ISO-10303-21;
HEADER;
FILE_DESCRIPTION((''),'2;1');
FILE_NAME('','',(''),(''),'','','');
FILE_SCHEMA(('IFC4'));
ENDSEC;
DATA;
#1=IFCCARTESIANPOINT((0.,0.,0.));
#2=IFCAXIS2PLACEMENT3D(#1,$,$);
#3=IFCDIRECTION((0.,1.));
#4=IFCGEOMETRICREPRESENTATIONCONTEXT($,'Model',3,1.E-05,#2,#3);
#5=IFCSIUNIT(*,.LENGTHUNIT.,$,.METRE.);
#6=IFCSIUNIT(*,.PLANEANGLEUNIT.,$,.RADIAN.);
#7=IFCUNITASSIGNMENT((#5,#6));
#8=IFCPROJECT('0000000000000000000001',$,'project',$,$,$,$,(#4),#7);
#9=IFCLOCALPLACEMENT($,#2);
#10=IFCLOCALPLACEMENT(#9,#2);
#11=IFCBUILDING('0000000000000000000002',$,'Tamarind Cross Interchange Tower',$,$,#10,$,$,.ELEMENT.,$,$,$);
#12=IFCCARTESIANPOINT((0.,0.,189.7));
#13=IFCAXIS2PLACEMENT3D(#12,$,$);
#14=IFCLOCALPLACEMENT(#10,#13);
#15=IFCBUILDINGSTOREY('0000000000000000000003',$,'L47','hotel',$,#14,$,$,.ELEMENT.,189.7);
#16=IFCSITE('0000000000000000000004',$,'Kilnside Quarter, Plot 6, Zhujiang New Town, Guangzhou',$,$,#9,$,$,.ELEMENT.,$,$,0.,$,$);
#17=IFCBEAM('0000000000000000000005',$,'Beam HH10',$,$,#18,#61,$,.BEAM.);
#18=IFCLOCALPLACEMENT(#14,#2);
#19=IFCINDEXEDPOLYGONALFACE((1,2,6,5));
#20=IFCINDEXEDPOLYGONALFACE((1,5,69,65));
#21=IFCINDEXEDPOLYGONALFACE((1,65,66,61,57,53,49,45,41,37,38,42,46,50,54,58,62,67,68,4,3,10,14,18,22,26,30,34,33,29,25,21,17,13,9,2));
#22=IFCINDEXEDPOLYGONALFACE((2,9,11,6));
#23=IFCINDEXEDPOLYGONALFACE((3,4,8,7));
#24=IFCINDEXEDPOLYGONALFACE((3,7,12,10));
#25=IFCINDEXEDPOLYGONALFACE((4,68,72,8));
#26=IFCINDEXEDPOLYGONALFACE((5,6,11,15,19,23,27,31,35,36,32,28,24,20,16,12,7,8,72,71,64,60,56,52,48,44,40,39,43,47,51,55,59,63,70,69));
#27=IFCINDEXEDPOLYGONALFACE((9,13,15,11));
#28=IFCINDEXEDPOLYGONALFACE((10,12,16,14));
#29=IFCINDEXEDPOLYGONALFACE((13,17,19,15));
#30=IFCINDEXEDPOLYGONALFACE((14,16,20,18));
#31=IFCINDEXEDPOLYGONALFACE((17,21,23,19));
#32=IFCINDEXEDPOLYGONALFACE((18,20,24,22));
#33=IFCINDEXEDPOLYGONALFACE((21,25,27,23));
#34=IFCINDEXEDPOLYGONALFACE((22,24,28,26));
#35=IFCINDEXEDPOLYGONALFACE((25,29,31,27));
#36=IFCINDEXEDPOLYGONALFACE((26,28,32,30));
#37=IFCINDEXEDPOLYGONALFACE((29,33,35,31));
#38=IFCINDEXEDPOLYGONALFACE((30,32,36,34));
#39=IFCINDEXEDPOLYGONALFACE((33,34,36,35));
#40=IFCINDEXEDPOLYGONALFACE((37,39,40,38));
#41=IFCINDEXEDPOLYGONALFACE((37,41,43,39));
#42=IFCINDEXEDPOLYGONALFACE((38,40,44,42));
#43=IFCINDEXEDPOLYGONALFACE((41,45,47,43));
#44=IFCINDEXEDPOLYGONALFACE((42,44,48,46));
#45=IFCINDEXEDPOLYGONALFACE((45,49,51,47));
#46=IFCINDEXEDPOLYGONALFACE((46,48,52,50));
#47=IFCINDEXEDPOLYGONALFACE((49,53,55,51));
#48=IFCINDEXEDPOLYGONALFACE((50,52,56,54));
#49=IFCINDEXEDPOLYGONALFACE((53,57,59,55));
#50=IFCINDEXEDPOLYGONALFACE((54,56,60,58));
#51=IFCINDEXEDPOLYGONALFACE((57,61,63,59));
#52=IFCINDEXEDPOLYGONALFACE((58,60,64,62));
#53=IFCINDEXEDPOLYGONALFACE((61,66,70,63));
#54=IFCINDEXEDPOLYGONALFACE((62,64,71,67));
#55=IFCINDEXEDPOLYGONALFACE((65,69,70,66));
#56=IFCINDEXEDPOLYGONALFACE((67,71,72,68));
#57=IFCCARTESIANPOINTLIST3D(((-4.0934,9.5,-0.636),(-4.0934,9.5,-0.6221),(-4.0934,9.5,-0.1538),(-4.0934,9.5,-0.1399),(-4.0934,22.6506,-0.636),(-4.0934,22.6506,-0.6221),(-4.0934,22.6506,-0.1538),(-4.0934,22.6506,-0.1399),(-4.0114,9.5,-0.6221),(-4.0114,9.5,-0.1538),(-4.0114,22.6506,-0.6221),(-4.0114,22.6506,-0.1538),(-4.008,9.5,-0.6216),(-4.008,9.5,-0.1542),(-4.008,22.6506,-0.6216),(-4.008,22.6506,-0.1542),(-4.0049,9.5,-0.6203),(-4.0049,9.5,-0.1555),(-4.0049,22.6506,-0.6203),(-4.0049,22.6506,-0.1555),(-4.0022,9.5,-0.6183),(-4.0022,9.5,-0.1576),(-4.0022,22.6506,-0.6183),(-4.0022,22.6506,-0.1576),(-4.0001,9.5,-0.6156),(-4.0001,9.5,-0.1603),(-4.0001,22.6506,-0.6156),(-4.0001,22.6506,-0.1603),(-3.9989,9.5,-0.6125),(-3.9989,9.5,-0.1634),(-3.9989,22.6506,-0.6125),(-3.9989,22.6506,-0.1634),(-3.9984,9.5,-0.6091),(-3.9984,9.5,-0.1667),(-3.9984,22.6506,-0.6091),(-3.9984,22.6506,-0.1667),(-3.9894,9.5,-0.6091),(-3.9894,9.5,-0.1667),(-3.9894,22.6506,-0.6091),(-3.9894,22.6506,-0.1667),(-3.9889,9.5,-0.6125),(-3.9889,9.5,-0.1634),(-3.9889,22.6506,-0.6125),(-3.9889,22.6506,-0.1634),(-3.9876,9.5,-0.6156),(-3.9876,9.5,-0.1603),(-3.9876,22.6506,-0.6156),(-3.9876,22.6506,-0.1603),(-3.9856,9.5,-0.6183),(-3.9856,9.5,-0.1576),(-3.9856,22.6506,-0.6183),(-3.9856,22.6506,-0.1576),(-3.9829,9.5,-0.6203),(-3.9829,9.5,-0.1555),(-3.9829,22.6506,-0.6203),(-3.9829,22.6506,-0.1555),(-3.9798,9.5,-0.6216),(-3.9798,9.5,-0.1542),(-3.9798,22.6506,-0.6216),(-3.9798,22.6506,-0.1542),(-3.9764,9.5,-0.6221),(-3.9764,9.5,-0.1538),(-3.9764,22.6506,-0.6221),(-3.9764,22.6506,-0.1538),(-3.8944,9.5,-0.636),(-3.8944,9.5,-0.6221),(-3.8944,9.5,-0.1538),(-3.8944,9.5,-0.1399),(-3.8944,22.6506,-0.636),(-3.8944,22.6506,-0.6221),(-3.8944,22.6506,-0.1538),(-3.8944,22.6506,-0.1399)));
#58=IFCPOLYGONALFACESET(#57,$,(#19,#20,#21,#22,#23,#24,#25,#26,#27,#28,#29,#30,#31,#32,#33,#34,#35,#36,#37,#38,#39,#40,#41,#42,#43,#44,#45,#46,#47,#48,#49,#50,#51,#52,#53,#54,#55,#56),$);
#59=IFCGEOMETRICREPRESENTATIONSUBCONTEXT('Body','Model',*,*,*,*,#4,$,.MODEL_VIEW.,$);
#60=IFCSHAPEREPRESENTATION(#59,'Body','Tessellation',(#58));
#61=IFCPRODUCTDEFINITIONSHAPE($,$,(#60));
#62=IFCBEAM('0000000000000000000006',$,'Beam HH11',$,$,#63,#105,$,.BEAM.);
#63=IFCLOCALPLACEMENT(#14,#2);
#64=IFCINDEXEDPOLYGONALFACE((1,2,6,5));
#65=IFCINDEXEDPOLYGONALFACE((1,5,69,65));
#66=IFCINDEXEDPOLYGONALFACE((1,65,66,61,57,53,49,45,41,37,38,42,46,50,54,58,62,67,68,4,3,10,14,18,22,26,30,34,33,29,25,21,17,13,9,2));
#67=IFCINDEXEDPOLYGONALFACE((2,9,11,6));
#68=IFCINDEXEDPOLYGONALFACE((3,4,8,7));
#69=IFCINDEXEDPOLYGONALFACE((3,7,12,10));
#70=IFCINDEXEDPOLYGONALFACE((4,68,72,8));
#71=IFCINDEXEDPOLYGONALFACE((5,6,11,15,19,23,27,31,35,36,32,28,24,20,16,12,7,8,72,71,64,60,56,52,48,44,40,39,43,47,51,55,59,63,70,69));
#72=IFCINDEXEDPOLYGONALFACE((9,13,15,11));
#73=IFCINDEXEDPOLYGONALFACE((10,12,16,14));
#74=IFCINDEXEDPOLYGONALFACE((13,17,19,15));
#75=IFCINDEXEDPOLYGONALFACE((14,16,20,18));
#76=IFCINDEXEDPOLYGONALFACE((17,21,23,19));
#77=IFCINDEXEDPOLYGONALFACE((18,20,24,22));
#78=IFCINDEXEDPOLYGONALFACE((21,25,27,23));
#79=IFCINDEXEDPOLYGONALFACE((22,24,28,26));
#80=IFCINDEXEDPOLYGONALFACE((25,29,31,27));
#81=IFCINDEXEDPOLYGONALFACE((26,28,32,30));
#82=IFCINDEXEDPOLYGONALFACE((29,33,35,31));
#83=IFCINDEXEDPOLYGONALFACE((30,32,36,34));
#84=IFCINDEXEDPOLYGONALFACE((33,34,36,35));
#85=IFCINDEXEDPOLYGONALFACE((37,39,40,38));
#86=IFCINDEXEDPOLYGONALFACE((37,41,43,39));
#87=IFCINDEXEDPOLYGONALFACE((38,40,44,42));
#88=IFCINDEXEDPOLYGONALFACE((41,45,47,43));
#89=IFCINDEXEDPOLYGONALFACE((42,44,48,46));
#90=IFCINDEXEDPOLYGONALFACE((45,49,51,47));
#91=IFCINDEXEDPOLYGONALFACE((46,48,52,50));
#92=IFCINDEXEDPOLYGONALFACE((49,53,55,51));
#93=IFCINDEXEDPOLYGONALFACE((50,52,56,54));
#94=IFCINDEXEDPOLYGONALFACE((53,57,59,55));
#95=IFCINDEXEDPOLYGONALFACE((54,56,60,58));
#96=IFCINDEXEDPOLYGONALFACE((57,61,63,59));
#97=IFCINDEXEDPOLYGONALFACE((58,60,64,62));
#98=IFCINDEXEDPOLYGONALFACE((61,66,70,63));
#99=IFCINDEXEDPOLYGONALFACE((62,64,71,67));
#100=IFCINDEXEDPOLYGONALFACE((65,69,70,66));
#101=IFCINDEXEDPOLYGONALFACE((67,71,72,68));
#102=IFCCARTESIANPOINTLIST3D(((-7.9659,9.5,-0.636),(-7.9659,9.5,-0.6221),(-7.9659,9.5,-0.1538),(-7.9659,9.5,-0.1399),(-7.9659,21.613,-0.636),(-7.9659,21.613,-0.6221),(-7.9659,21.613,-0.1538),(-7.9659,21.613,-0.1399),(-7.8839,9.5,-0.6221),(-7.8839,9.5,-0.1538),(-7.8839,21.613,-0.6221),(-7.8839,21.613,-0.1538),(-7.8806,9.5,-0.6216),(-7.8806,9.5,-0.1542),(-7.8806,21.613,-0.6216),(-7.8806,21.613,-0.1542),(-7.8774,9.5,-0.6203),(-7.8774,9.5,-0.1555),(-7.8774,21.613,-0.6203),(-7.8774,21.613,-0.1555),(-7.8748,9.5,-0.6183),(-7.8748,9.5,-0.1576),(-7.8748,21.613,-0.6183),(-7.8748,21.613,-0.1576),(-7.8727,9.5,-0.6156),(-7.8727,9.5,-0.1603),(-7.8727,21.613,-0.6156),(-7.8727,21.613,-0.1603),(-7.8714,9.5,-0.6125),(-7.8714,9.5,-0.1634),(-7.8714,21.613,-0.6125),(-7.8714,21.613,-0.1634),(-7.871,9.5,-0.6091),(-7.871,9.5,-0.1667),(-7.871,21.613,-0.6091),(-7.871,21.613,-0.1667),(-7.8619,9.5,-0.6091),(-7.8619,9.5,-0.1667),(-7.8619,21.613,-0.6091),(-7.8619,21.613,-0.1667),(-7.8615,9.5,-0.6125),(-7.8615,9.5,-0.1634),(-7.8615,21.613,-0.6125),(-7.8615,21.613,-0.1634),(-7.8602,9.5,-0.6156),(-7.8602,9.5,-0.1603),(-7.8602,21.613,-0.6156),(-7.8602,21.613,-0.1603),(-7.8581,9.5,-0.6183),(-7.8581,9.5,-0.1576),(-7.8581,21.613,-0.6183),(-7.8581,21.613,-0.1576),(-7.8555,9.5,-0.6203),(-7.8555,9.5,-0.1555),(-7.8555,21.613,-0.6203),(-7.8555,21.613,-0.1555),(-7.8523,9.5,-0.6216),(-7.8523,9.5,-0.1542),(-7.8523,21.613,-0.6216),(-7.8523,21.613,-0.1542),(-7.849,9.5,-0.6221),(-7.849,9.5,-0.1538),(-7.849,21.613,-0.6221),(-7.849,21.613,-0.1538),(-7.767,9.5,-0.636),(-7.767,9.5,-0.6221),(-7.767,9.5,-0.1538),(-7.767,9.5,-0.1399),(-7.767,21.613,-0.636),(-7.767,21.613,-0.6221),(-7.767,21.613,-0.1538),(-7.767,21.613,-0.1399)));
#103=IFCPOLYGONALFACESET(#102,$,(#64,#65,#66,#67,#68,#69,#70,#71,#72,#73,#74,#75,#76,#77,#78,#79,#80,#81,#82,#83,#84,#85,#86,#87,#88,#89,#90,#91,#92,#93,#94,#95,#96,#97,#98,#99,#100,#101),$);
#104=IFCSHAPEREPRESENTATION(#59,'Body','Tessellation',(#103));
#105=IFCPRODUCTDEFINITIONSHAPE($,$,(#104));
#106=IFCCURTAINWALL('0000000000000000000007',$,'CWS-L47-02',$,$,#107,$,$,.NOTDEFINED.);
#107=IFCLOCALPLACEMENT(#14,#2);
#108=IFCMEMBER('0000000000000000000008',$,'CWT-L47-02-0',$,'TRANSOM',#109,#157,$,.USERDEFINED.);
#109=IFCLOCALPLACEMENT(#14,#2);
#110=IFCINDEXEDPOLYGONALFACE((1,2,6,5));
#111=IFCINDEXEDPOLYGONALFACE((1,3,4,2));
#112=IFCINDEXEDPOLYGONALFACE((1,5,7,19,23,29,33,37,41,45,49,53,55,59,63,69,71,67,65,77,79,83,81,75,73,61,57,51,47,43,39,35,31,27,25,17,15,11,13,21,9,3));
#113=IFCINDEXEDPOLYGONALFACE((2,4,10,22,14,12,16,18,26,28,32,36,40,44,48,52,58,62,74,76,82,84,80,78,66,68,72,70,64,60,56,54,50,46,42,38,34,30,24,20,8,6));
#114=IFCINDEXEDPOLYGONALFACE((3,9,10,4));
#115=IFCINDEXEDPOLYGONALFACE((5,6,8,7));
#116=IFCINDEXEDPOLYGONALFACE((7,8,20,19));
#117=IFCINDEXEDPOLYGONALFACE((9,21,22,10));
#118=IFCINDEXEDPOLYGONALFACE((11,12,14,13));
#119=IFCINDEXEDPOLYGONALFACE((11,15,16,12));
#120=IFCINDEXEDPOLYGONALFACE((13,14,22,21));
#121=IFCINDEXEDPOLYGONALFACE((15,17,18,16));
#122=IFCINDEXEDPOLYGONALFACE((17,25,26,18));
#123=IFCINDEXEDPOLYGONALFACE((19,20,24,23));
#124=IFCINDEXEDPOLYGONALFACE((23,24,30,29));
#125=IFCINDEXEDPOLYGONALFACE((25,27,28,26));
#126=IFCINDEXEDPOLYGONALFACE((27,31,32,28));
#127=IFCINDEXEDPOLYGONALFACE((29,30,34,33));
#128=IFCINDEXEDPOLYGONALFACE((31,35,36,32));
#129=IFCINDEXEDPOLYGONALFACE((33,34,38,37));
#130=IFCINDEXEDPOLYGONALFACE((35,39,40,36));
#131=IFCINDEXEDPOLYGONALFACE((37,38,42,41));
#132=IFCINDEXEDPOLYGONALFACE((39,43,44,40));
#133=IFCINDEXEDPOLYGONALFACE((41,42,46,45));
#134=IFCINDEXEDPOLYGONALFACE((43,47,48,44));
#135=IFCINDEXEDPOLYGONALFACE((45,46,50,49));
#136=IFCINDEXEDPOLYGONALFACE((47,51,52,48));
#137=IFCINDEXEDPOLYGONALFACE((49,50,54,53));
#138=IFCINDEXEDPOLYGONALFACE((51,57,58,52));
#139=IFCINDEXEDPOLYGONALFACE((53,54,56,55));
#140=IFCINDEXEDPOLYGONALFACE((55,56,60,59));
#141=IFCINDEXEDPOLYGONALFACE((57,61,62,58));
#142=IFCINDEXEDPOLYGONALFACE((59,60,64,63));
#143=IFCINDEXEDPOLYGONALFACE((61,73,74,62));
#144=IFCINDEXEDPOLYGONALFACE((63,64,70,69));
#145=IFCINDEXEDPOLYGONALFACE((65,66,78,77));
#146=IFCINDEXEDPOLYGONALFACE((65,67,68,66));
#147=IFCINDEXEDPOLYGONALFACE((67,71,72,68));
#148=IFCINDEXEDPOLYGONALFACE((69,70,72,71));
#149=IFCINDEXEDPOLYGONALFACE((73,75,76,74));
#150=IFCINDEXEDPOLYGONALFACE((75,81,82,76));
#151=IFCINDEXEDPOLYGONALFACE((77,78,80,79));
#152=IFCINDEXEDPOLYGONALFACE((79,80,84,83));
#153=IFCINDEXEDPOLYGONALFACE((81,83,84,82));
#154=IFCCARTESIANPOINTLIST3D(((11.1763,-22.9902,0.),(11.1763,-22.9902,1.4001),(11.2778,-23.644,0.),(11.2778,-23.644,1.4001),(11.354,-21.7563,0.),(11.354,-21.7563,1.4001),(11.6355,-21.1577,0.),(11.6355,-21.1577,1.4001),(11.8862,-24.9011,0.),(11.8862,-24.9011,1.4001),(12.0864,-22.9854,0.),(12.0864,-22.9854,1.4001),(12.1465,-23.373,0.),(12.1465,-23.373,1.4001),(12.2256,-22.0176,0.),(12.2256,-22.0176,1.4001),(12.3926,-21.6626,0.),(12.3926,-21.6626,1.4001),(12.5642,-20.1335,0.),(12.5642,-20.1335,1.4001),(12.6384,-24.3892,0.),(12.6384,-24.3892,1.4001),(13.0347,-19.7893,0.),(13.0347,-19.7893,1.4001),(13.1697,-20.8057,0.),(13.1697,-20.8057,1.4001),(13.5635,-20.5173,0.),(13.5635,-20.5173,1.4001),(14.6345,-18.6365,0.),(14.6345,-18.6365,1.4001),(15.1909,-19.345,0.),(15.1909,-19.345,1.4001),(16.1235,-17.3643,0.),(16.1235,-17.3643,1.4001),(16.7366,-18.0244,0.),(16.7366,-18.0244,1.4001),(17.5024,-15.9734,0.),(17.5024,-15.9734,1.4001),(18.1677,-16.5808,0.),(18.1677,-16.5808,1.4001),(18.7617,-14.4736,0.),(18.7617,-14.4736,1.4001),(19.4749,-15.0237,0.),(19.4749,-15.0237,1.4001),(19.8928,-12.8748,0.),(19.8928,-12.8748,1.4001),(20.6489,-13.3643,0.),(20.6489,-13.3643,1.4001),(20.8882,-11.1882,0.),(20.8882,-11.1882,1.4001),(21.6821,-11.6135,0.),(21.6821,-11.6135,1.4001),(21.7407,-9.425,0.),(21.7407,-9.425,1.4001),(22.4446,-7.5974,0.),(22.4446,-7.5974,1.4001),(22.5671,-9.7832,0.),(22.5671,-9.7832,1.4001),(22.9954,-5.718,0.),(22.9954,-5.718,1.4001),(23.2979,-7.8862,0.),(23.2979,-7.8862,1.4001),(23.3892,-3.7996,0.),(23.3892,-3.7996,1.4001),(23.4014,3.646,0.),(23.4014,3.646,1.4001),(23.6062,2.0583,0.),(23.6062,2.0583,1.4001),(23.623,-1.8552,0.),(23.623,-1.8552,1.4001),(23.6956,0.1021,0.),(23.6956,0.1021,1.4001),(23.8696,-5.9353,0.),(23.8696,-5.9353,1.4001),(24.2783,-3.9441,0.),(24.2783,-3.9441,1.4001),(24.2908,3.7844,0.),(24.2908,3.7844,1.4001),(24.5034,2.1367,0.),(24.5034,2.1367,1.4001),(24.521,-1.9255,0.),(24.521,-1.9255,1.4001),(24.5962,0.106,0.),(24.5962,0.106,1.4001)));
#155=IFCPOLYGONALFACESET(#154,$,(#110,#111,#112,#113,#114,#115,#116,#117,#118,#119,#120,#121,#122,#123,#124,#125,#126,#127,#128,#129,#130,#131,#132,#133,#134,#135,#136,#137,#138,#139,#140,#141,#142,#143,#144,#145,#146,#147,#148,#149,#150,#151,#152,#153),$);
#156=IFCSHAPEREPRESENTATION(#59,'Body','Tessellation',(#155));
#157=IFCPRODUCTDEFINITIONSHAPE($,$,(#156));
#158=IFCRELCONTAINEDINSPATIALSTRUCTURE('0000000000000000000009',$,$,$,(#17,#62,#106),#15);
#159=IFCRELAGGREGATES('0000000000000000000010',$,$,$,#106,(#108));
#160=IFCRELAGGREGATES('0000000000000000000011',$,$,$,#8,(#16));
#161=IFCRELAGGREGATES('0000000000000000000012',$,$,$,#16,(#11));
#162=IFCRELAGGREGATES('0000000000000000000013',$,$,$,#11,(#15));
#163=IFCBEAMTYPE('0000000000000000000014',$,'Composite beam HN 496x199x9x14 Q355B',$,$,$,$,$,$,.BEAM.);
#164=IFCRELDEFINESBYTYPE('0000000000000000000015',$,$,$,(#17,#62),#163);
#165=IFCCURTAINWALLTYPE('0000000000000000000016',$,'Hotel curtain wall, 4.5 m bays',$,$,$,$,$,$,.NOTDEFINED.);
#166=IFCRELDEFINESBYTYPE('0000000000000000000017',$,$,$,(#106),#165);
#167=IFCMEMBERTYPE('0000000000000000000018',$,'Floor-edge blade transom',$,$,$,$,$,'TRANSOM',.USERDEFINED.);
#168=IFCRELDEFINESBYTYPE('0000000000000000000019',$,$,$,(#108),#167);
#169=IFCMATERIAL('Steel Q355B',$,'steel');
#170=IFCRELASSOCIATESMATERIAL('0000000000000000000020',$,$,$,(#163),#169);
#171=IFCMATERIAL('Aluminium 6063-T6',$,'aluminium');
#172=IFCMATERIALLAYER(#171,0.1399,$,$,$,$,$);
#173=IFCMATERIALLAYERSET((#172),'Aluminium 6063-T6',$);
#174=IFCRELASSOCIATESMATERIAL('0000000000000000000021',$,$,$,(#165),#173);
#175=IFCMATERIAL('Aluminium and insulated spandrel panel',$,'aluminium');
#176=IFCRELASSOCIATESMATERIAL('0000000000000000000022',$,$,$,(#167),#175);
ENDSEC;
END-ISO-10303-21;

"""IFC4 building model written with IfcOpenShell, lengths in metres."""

from ifc_helpers import new_model, si_unit, direction, frame, origin, origin_2d, place, context, subcontext, project, spatial, polyline, i_section, outline, extrude, material, layer, layer_set, material_profile, profile_set, type_object, element, aggregate, save


model = new_model("IFC4")

# Units and contexts
model_context = context("Model", 3, precision=1e-05, world=origin(), true_north=direction((0.0, 1.0)))
body_context = subcontext(model_context, "Body", "Model", "MODEL_VIEW")
ifc_project = project(units=[si_unit("LENGTHUNIT", "METRE"), si_unit("PLANEANGLEUNIT", "RADIAN")], contexts=[model_context])

# Site, building, storey
site_placement = place(None, origin())
site = spatial("IfcSite", under=ifc_project, at=site_placement, Name="Kilnside Quarter, Plot 6, Zhujiang New Town, Guangzhou", CompositionType="ELEMENT", RefElevation=0.0)
building_placement = place(site_placement, origin())
building = spatial("IfcBuilding", under=site, at=building_placement, Name="Tamarind Cross Interchange Tower", CompositionType="ELEMENT")
storey_placement = place(building_placement, frame((0.0, 0.0, 189.7)))
storey = spatial("IfcBuildingStorey", under=building, at=storey_placement, Name="L47", Description="hotel", CompositionType="ELEMENT", Elevation=189.7)

# Beams
ifc_material_1 = material(Name="Steel Q355B", Category="steel")
ifc_material_profile_1 = material_profile(ifc_material_1, i_section(OverallWidth=0.199, OverallDepth=0.4961, WebThickness=0.009, FlangeThickness=0.0139, FilletRadius=0.0129, at=origin_2d()), Name="HN 496x199x9x14")
ifc_profile_set_1 = profile_set([ifc_material_profile_1], Name="Steel Q355B")
beam_type_1 = type_object("IfcBeamType", Name="Composite beam HN 496x199x9x14 Q355B", PredefinedType="BEAM", material=ifc_profile_set_1)
beam_1_placement = place(storey_placement, frame((-3.9939, 22.6506, -0.3879), z_axis=(0.0, -1.0, 0.0), x_axis=(1.0, 0.0, 0.0)))
element("IfcBeam", 1, at=beam_1_placement, inside=storey, type_object=beam_type_1, Name="Beam HH10", PredefinedType="BEAM", context=body_context, shape_type="SweptSolid", body=[
    extrude(i_section(OverallWidth=0.199, OverallDepth=0.4961, WebThickness=0.009, FlangeThickness=0.0139, FilletRadius=0.0129, at=origin_2d()), origin(), (0.0, 0.0, 1.0), 13.1506),
])
beam_2_placement = place(storey_placement, frame((-7.8665, 21.613, -0.3879), z_axis=(0.0, -1.0, 0.0), x_axis=(1.0, 0.0, 0.0)))
element("IfcBeam", 2, at=beam_2_placement, inside=storey, type_object=beam_type_1, Name="Beam HH11", PredefinedType="BEAM", context=body_context, shape_type="SweptSolid", body=[
    extrude(i_section(OverallWidth=0.199, OverallDepth=0.4961, WebThickness=0.009, FlangeThickness=0.0139, FilletRadius=0.0129, at=origin_2d()), origin(), (0.0, 0.0, 1.0), 12.113),
])

# Curtain wall, member
ifc_material_2 = material(Name="Aluminium 6063-T6", Category="aluminium")
ifc_layer_1 = layer(ifc_material_2, 0.1399)
ifc_layer_set_1 = layer_set([ifc_layer_1], Name="Aluminium 6063-T6")
curtain_wall_type = type_object("IfcCurtainWallType", Name="Hotel curtain wall, 4.5 m bays", PredefinedType="NOTDEFINED", material=ifc_layer_set_1)
curtain_wall_1_placement = place(storey_placement, origin())
curtain_wall_1 = element("IfcCurtainWall", 3, at=curtain_wall_1_placement, inside=storey, type_object=curtain_wall_type, Name="CWS-L47-02", PredefinedType="NOTDEFINED")
ifc_material_3 = material(Name="Aluminium and insulated spandrel panel", Category="aluminium")
member_type = type_object("IfcMemberType", Name="Floor-edge blade transom", ElementType="TRANSOM", PredefinedType="USERDEFINED", material=ifc_material_3)
member_1_placement = place(storey_placement, origin())
member_1 = element("IfcMember", 4, at=member_1_placement, type_object=member_type, Name="CWT-L47-02-0", ObjectType="TRANSOM", PredefinedType="USERDEFINED", context=body_context, shape_type="SweptSolid", body=[
    extrude(outline(polyline([(11.8862, -24.9011), (11.2778, -23.644), (11.1763, -22.9902), (11.354, -21.7563), (11.6355, -21.1577), (12.5642, -20.1335), (13.0347, -19.7893), (14.6345, -18.6365), (16.1235, -17.3643), (17.5024, -15.9734), (18.7617, -14.4736), (19.8928, -12.8748), (20.8882, -11.1882), (21.7407, -9.425), (22.4446, -7.5974), (22.9954, -5.718), (23.3892, -3.7996), (23.623, -1.8552), (23.6956, 0.1021), (23.6062, 2.0583), (23.4014, 3.646), (24.2908, 3.7844), (24.5034, 2.1367), (24.5962, 0.106), (24.521, -1.9255), (24.2783, -3.9441), (23.8696, -5.9353), (23.2979, -7.8862), (22.5671, -9.7832), (21.6821, -11.6135), (20.6489, -13.3643), (19.4749, -15.0237), (18.1677, -16.5808), (16.7366, -18.0244), (15.1909, -19.345), (13.5635, -20.5173), (13.1697, -20.8057), (12.3926, -21.6626), (12.2256, -22.0176), (12.0864, -22.9854), (12.1465, -23.373), (12.6384, -24.3892), (11.8862, -24.9011)])), origin(), (0.0, 0.0, 1.0), 1.4001),
])

aggregate(curtain_wall_1, [member_1])

save(model, "model.ifc")
